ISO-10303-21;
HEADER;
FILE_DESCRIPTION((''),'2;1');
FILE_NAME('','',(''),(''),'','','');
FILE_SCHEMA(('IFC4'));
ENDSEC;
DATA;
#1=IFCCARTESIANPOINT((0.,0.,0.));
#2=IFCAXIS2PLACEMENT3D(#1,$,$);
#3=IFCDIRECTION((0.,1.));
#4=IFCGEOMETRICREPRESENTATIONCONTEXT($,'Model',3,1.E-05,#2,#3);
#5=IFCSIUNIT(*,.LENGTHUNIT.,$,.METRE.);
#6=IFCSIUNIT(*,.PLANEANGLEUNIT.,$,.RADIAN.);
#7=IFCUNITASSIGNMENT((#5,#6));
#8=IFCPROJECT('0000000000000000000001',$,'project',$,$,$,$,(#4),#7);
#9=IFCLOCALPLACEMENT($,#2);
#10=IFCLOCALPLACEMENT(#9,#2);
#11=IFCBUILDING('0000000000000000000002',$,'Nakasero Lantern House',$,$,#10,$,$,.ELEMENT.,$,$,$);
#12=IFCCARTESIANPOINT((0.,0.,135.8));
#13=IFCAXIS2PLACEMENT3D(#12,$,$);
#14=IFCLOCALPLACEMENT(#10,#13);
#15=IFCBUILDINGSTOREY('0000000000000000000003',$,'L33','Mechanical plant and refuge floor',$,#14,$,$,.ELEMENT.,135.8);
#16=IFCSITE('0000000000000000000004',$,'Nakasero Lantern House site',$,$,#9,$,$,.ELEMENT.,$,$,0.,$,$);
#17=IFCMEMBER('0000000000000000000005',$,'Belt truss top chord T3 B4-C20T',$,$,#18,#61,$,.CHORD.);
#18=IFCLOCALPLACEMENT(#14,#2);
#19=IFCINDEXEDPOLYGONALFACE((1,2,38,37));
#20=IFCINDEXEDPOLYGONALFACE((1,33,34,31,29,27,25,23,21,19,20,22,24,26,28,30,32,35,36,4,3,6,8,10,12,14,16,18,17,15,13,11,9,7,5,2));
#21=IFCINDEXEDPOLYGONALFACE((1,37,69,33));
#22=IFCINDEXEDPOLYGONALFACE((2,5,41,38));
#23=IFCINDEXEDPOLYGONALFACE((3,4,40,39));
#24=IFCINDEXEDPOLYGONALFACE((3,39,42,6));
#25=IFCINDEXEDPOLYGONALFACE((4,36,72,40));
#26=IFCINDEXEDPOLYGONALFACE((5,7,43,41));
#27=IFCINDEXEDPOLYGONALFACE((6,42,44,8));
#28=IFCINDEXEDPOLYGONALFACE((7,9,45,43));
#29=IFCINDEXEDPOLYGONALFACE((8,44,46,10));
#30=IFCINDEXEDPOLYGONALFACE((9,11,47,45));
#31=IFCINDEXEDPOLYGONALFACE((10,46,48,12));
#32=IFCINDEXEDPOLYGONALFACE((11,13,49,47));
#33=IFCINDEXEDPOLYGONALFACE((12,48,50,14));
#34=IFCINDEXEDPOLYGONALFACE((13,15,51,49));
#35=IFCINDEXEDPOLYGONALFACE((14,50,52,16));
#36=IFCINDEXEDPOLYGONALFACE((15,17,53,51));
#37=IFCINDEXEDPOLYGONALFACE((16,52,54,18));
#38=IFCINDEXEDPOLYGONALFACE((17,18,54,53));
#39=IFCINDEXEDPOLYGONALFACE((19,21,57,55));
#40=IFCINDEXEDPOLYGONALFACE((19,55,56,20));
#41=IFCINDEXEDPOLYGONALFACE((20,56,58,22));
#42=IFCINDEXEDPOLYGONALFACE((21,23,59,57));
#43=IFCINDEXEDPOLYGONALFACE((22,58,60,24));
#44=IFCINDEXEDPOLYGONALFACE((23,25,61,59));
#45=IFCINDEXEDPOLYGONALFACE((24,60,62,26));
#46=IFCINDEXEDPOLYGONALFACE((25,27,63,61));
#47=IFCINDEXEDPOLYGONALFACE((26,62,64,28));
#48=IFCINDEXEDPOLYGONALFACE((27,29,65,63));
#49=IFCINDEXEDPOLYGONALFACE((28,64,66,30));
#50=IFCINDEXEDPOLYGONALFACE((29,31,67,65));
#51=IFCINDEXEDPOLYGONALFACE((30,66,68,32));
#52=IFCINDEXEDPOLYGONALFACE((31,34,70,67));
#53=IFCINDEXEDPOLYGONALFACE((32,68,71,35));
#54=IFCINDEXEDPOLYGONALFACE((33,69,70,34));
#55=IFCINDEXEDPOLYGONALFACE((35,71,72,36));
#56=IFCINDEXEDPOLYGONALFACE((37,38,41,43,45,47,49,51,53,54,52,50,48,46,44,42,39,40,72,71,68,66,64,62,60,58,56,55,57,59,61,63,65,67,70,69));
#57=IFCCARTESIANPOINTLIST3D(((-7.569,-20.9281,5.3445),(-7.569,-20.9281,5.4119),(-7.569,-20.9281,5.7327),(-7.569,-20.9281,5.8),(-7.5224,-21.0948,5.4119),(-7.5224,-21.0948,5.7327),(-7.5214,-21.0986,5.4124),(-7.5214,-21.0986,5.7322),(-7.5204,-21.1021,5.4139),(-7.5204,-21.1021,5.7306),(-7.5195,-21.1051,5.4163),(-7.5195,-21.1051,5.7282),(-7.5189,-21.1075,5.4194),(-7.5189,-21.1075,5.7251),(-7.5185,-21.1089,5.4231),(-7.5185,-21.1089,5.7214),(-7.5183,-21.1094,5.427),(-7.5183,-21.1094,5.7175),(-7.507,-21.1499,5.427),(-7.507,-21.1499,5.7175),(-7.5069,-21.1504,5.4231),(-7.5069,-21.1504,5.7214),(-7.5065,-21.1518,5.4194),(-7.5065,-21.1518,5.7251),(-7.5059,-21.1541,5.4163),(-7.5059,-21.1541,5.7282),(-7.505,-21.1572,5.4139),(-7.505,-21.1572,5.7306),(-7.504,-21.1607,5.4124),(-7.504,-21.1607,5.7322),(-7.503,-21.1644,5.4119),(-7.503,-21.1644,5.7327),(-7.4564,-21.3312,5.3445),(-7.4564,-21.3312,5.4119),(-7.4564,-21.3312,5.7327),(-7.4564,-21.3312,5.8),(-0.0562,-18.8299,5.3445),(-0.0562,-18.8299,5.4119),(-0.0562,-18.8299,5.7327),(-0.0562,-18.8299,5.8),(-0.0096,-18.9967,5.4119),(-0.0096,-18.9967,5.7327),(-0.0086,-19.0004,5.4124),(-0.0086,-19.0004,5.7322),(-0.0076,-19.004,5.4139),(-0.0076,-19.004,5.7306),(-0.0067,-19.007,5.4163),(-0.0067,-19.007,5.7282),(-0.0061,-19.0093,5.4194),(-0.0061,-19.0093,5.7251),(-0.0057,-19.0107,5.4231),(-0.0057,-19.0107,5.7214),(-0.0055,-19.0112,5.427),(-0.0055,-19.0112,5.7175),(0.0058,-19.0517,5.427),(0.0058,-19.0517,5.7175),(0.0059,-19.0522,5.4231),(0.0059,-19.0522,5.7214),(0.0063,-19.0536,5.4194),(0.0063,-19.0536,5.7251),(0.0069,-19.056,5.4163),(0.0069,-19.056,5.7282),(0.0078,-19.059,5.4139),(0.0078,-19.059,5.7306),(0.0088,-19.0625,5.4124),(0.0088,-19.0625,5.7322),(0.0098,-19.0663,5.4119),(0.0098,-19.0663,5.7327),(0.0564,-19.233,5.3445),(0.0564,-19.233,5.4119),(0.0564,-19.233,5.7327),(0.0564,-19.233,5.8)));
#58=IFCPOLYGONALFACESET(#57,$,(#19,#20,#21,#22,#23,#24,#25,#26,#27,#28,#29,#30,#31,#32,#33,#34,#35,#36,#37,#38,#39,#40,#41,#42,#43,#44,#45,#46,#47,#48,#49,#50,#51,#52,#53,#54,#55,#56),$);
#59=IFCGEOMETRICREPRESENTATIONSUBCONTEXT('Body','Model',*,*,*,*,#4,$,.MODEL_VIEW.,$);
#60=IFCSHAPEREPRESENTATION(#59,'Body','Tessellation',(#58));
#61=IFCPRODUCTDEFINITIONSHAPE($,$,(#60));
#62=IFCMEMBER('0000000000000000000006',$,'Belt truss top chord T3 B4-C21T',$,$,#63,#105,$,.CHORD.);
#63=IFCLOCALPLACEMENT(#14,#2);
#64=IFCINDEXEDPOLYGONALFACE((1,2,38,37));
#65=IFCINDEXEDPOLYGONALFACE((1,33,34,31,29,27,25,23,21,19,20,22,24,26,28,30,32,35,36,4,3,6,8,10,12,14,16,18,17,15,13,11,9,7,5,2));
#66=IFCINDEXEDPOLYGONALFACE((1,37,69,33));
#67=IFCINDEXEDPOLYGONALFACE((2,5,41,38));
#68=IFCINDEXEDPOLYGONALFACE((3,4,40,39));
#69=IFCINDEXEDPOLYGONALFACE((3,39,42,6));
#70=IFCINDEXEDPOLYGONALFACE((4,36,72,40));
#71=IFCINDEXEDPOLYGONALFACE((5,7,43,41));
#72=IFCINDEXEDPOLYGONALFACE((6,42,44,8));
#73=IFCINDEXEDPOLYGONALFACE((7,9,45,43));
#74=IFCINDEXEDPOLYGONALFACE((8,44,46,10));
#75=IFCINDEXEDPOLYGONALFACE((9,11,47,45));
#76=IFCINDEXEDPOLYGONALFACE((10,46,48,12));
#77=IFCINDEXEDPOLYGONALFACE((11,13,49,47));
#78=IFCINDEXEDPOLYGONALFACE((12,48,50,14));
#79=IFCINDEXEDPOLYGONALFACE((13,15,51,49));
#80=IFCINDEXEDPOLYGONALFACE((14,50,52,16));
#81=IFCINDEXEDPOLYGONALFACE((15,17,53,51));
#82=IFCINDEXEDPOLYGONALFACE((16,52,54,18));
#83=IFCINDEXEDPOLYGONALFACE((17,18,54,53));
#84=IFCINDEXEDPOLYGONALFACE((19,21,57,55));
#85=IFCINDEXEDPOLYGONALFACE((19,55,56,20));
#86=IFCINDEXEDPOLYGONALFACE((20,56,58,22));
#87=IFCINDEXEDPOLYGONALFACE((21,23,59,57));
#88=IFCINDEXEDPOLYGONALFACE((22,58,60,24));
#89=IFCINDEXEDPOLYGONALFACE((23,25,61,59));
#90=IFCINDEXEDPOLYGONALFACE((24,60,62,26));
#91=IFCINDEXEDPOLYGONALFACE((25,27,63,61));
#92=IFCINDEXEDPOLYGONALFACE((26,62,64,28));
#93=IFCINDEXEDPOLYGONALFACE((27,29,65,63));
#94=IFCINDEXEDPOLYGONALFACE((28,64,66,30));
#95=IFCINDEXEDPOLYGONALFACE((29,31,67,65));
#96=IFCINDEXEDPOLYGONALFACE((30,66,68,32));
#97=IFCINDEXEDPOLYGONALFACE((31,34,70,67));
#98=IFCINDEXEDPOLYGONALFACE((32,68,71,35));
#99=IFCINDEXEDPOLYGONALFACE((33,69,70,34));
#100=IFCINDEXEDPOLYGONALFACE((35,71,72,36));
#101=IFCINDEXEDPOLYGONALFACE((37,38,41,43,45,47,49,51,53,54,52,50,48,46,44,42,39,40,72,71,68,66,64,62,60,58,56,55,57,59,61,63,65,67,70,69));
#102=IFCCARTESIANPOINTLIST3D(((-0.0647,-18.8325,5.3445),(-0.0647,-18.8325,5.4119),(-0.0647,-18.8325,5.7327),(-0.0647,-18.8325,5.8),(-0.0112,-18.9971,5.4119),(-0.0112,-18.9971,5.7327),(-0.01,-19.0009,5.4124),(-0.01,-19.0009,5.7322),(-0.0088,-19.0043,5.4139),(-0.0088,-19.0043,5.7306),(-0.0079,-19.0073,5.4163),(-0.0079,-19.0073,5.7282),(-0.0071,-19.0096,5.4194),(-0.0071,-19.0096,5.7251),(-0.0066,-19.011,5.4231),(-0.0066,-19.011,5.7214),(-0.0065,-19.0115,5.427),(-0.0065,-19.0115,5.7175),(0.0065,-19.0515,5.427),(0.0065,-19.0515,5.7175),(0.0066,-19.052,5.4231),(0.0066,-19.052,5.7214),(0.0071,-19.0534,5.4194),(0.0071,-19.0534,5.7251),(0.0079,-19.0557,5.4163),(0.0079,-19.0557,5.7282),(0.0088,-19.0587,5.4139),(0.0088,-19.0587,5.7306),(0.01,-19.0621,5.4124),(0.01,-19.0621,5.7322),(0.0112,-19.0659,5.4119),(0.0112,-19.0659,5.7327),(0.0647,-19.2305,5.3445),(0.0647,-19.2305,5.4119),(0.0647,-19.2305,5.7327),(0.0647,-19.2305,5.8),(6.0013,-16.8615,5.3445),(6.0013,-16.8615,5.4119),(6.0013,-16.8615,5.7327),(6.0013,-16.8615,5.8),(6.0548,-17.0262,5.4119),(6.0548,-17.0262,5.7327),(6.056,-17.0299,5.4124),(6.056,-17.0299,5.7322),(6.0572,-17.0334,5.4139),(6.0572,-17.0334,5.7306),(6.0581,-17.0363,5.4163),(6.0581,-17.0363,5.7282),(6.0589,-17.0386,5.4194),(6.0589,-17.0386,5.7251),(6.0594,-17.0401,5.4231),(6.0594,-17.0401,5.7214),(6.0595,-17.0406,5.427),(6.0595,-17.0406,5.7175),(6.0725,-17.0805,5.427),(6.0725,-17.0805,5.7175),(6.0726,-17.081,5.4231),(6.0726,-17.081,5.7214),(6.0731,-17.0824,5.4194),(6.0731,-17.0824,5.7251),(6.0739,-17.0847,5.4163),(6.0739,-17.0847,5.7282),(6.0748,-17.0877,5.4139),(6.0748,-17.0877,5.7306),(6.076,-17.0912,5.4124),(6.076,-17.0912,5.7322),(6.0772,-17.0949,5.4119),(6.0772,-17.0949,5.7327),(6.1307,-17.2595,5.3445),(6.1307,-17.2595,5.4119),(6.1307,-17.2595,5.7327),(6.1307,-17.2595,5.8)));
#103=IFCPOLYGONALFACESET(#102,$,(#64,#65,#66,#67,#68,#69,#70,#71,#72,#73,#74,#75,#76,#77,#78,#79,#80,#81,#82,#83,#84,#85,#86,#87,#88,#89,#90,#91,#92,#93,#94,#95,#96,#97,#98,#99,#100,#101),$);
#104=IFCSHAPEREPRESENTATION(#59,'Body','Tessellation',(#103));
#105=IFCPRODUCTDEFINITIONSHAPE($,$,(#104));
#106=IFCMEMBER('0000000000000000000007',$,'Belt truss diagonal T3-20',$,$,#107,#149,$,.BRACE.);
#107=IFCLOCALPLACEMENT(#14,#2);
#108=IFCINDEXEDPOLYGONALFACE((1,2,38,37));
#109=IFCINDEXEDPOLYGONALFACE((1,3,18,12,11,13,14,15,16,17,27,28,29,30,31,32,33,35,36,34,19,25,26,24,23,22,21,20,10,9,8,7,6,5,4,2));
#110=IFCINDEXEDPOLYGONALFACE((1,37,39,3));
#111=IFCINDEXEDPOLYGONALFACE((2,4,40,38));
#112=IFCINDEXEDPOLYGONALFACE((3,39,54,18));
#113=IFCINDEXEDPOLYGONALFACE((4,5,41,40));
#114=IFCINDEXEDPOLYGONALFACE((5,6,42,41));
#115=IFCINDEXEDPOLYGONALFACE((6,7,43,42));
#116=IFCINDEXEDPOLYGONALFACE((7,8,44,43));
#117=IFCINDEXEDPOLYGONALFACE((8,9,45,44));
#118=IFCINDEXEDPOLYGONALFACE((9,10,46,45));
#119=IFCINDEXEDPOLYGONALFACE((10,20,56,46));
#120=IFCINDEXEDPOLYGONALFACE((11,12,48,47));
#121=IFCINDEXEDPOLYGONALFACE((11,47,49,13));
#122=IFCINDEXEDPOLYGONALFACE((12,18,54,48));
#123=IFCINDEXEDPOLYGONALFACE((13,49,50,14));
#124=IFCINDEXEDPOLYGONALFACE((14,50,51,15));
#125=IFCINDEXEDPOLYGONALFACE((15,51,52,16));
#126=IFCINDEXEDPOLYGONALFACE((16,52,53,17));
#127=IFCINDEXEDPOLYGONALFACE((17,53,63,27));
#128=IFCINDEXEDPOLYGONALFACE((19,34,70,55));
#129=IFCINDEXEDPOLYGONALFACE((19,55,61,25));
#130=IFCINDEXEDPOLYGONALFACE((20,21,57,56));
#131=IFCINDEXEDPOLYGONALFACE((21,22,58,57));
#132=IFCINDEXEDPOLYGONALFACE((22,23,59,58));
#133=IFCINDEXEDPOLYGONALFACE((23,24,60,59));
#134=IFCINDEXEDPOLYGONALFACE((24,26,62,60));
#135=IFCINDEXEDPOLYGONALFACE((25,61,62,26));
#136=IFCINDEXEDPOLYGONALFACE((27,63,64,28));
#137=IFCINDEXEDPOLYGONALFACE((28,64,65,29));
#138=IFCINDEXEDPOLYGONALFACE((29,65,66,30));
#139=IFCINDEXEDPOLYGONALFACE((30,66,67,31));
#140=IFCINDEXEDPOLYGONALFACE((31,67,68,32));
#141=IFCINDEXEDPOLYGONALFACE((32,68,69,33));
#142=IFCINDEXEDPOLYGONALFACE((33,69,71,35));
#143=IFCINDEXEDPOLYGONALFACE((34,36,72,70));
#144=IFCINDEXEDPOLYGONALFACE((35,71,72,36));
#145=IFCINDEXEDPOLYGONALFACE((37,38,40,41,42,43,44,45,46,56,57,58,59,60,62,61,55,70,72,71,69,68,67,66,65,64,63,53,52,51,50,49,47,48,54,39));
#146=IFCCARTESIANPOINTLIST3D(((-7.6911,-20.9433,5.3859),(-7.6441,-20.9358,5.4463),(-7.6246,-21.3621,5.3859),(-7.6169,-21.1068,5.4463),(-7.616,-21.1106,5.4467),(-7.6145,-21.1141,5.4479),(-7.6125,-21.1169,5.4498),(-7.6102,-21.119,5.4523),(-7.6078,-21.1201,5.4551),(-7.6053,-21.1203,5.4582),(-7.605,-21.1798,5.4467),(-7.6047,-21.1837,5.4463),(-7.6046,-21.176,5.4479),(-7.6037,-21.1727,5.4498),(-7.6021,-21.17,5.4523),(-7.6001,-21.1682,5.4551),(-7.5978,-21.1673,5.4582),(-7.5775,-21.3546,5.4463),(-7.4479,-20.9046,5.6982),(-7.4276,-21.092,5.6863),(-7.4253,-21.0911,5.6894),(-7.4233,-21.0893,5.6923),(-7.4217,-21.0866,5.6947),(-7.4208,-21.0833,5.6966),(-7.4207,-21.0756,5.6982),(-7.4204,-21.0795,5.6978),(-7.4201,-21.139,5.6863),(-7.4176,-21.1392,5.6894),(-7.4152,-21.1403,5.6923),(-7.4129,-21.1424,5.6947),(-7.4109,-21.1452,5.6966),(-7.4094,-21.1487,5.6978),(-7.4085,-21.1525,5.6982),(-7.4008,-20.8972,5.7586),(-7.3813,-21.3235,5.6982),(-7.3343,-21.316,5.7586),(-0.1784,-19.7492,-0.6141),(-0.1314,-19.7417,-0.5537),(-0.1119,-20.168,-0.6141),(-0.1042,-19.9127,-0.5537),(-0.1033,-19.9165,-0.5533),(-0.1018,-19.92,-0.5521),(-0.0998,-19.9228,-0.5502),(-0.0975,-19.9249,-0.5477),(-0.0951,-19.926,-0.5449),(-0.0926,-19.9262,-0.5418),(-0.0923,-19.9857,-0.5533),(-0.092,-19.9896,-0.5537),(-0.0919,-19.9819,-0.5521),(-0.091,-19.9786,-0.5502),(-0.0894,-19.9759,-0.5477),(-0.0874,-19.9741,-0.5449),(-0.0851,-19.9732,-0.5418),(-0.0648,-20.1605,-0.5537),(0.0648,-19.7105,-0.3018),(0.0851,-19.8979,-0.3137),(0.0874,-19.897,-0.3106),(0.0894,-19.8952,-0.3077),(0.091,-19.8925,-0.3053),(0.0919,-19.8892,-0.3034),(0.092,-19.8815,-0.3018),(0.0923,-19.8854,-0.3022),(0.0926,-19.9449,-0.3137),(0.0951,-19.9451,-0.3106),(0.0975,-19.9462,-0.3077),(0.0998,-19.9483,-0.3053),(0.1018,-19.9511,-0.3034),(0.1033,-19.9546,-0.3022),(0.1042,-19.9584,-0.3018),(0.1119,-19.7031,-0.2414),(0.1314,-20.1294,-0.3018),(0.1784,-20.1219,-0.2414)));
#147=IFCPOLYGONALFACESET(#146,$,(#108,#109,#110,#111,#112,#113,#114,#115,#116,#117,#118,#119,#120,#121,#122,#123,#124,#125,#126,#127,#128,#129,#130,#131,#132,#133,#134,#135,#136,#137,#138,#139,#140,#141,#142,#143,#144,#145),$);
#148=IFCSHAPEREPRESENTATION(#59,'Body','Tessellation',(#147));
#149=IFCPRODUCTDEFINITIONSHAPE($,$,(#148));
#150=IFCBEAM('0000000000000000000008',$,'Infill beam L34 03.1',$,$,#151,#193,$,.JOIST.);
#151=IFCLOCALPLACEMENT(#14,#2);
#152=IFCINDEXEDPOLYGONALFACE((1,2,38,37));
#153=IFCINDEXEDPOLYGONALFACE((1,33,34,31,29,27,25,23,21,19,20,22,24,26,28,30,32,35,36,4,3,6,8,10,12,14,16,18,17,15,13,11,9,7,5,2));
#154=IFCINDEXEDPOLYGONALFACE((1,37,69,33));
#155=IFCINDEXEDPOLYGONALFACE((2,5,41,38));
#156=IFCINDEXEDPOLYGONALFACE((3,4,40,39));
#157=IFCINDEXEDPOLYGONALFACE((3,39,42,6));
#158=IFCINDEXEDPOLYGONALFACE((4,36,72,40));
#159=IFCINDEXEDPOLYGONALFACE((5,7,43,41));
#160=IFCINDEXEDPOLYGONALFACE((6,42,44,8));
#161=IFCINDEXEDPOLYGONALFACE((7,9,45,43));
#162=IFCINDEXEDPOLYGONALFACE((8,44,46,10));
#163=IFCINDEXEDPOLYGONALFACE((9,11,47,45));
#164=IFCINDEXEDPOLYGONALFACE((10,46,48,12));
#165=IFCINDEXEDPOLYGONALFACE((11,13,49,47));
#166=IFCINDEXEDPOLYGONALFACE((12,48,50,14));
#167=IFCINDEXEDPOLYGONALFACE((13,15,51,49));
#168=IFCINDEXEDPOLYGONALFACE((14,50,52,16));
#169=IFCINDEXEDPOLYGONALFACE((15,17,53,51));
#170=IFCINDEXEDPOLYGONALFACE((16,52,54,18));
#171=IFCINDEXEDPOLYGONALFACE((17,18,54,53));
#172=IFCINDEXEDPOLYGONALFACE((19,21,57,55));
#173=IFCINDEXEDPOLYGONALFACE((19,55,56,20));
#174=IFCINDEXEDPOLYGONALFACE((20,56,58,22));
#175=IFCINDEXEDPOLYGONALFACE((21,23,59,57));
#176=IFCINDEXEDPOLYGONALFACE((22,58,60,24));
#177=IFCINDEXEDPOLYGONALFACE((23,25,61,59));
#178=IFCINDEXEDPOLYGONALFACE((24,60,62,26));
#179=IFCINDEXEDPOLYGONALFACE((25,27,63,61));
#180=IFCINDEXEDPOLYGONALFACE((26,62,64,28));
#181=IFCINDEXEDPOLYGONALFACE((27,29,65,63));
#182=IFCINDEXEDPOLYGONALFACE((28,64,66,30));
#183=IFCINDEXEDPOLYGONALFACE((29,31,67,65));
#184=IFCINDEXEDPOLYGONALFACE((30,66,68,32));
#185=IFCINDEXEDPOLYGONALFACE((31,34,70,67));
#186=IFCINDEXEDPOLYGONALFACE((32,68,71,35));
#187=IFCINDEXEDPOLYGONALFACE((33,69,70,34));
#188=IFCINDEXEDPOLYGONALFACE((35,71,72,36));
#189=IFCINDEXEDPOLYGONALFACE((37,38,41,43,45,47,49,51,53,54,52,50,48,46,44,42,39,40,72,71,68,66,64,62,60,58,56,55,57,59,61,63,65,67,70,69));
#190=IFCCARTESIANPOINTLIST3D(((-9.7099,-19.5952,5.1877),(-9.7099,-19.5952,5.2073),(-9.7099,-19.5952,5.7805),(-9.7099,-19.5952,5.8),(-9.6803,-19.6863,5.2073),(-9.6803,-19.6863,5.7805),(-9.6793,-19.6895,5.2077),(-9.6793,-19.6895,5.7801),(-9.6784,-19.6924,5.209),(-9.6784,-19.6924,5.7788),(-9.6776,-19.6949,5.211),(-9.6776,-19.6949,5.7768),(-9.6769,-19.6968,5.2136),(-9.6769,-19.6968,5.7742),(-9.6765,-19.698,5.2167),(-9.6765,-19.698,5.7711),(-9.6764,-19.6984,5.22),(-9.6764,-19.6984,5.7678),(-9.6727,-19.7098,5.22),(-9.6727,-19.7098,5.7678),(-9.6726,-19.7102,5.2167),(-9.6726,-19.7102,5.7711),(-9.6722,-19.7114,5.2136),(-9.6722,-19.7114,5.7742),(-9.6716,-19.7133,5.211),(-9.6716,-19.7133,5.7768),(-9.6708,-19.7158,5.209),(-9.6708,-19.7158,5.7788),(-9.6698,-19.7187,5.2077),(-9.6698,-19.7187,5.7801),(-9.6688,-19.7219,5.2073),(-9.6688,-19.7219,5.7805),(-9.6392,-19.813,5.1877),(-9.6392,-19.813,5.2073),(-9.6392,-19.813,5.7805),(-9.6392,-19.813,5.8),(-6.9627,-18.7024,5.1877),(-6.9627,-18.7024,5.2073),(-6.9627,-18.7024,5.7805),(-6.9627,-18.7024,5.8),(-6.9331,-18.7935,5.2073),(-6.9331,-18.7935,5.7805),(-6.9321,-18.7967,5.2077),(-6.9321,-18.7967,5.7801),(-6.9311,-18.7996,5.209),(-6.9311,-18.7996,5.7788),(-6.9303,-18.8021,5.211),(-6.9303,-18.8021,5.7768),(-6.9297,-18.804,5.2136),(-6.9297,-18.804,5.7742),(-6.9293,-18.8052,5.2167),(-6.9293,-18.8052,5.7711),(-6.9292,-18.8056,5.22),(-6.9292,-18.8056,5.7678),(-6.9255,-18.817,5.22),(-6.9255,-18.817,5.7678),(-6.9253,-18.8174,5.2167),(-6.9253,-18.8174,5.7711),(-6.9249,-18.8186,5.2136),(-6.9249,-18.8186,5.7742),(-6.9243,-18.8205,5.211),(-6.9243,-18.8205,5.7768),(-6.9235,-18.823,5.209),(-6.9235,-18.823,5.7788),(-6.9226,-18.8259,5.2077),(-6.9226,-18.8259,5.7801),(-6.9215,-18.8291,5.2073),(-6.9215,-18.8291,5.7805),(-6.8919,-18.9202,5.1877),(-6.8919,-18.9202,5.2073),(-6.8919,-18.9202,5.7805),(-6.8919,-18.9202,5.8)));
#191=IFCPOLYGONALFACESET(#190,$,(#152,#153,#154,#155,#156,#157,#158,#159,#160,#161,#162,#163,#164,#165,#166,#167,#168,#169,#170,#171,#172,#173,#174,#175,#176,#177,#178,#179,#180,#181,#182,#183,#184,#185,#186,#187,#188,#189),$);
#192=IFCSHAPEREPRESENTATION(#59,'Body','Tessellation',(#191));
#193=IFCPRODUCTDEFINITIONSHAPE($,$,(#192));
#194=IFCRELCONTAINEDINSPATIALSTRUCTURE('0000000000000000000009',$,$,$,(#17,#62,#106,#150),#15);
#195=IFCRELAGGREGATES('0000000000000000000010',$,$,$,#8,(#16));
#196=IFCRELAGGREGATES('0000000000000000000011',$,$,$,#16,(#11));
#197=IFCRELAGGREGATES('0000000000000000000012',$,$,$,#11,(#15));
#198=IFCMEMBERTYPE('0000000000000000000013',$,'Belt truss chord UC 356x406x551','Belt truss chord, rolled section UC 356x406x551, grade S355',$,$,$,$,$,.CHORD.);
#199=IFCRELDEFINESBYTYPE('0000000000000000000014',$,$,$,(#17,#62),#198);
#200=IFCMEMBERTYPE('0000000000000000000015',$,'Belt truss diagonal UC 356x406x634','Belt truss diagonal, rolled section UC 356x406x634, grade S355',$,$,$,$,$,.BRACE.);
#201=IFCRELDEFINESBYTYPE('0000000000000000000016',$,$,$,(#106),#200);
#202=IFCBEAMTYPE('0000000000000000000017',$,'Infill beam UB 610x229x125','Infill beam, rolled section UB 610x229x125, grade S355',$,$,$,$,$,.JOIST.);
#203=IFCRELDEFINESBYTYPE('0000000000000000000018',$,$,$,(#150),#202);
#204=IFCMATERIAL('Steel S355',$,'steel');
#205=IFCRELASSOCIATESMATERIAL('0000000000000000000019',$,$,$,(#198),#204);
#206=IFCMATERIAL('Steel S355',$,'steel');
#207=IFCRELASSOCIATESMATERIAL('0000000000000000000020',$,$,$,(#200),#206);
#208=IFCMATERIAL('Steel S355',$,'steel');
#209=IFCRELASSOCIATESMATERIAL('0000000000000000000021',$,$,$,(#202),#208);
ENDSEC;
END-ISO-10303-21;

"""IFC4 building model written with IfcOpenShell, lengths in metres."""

from ifc_helpers import new_model, si_unit, direction, frame, origin, origin_2d, place, context, subcontext, project, spatial, i_section, extrude, material, material_profile, profile_set, type_object, element, save


model = new_model("IFC4")

# Units and contexts
model_context = context("Model", 3, precision=1e-05, world=origin(), true_north=direction((0.0, 1.0)))
body_context = subcontext(model_context, "Body", "Model", "MODEL_VIEW")
ifc_project = project(units=[si_unit("LENGTHUNIT", "METRE"), si_unit("PLANEANGLEUNIT", "RADIAN")], contexts=[model_context])

# Site, building, storey
site_placement = place(None, origin())
site = spatial("IfcSite", under=ifc_project, at=site_placement, Name="Nakasero Lantern House site", CompositionType="ELEMENT", RefElevation=0.0)
building_placement = place(site_placement, origin())
building = spatial("IfcBuilding", under=site, at=building_placement, Name="Nakasero Lantern House", CompositionType="ELEMENT")
storey_placement = place(building_placement, frame((0.0, 0.0, 135.8)))
storey = spatial("IfcBuildingStorey", under=building, at=storey_placement, Name="L33", Description="Mechanical plant and refuge floor", CompositionType="ELEMENT", Elevation=135.8)

# Members
ifc_material_1 = material(Name="Steel S355", Category="steel")
ifc_material_profile_1 = material_profile(ifc_material_1, i_section(OverallWidth=0.4185, OverallDepth=0.4556, WebThickness=0.042, FlangeThickness=0.0674, FilletRadius=0.0151, at=origin_2d()), Name="UC 356x406x551")
ifc_profile_set_1 = profile_set([ifc_material_profile_1], Name="Steel S355")
member_type_1 = type_object("IfcMemberType", Name="Belt truss chord UC 356x406x551", Description="Belt truss chord, rolled section UC 356x406x551, grade S355", PredefinedType="CHORD", material=ifc_profile_set_1)
member_1_placement = place(storey_placement, frame((-7.5127, -21.1296, 5.5723), z_axis=(0.963144, 0.268987, 0.0), x_axis=(-0.268987, 0.963144, 0.0)))
element("IfcMember", 1, at=member_1_placement, inside=storey, type_object=member_type_1, Name="Belt truss top chord T3 B4-C20T", PredefinedType="CHORD", context=body_context, shape_type="SweptSolid", body=[
    extrude(i_section(OverallWidth=0.4185, OverallDepth=0.4556, WebThickness=0.042, FlangeThickness=0.0674, FilletRadius=0.0151, at=origin_2d()), origin(), (0.0, 0.0, 1.0), 7.8003),
])
member_2_placement = place(storey_placement, frame((0.0, -19.0315, 5.5723), z_axis=(0.951056, 0.309019, 0.0), x_axis=(-0.309019, 0.951056, 0.0)))
element("IfcMember", 2, at=member_2_placement, inside=storey, type_object=member_type_1, Name="Belt truss top chord T3 B4-C21T", PredefinedType="CHORD", context=body_context, shape_type="SweptSolid", body=[
    extrude(i_section(OverallWidth=0.4185, OverallDepth=0.4556, WebThickness=0.042, FlangeThickness=0.0674, FilletRadius=0.0151, at=origin_2d()), origin(), (0.0, 0.0, 1.0), 6.3782),
])
ifc_material_2 = material(Name="Steel S355", Category="steel")
ifc_material_profile_2 = material_profile(ifc_material_2, i_section(OverallWidth=0.4241, OverallDepth=0.4746, WebThickness=0.0476, FlangeThickness=0.0769, FilletRadius=0.0151, at=origin_2d()), Name="UC 356x406x634")
ifc_profile_set_2 = profile_set([ifc_material_profile_2], Name="Steel S355")
member_type_2 = type_object("IfcMemberType", Name="Belt truss diagonal UC 356x406x634", Description="Belt truss diagonal, rolled section UC 356x406x634, grade S355", PredefinedType="BRACE", material=ifc_profile_set_2)
member_3_placement = place(storey_placement, frame((-7.5127, -21.1296, 5.5723), z_axis=(0.775426, 0.123249, -0.619293), x_axis=(-0.156973, 0.987603, 0.0)))
element("IfcMember", 3, at=member_3_placement, inside=storey, type_object=member_type_2, Name="Belt truss diagonal T3-20", PredefinedType="BRACE", context=body_context, shape_type="SweptSolid", body=[
    extrude(i_section(OverallWidth=0.4241, OverallDepth=0.4746, WebThickness=0.0476, FlangeThickness=0.0769, FilletRadius=0.0151, at=origin_2d()), origin(), (0.0, 0.0, 1.0), 9.6885),
])

# Beam
ifc_material_3 = material(Name="Steel S355", Category="steel")
ifc_material_profile_3 = material_profile(ifc_material_3, i_section(OverallWidth=0.229, OverallDepth=0.6123, WebThickness=0.012, FlangeThickness=0.0195, FilletRadius=0.0127, at=origin_2d()), Name="UB 610x229x125")
ifc_profile_set_3 = profile_set([ifc_material_profile_3], Name="Steel S355")
beam_type_1 = type_object("IfcBeamType", Name="Infill beam UB 610x229x125", Description="Infill beam, rolled section UB 610x229x125, grade S355", PredefinedType="JOIST", material=ifc_profile_set_3)
beam_1_placement = place(storey_placement, frame((-9.6746, -19.7041, 5.4939), z_axis=(0.95104, 0.309069, 0.0), x_axis=(-0.309069, 0.95104, 0.0)))
element("IfcBeam", 4, at=beam_1_placement, inside=storey, type_object=beam_type_1, Name="Infill beam L34 03.1", PredefinedType="JOIST", context=body_context, shape_type="SweptSolid", body=[
    extrude(i_section(OverallWidth=0.229, OverallDepth=0.6123, WebThickness=0.012, FlangeThickness=0.0195, FilletRadius=0.0127, at=origin_2d()), origin(), (0.0, 0.0, 1.0), 2.8887),
])

save(model, "model.ifc")
